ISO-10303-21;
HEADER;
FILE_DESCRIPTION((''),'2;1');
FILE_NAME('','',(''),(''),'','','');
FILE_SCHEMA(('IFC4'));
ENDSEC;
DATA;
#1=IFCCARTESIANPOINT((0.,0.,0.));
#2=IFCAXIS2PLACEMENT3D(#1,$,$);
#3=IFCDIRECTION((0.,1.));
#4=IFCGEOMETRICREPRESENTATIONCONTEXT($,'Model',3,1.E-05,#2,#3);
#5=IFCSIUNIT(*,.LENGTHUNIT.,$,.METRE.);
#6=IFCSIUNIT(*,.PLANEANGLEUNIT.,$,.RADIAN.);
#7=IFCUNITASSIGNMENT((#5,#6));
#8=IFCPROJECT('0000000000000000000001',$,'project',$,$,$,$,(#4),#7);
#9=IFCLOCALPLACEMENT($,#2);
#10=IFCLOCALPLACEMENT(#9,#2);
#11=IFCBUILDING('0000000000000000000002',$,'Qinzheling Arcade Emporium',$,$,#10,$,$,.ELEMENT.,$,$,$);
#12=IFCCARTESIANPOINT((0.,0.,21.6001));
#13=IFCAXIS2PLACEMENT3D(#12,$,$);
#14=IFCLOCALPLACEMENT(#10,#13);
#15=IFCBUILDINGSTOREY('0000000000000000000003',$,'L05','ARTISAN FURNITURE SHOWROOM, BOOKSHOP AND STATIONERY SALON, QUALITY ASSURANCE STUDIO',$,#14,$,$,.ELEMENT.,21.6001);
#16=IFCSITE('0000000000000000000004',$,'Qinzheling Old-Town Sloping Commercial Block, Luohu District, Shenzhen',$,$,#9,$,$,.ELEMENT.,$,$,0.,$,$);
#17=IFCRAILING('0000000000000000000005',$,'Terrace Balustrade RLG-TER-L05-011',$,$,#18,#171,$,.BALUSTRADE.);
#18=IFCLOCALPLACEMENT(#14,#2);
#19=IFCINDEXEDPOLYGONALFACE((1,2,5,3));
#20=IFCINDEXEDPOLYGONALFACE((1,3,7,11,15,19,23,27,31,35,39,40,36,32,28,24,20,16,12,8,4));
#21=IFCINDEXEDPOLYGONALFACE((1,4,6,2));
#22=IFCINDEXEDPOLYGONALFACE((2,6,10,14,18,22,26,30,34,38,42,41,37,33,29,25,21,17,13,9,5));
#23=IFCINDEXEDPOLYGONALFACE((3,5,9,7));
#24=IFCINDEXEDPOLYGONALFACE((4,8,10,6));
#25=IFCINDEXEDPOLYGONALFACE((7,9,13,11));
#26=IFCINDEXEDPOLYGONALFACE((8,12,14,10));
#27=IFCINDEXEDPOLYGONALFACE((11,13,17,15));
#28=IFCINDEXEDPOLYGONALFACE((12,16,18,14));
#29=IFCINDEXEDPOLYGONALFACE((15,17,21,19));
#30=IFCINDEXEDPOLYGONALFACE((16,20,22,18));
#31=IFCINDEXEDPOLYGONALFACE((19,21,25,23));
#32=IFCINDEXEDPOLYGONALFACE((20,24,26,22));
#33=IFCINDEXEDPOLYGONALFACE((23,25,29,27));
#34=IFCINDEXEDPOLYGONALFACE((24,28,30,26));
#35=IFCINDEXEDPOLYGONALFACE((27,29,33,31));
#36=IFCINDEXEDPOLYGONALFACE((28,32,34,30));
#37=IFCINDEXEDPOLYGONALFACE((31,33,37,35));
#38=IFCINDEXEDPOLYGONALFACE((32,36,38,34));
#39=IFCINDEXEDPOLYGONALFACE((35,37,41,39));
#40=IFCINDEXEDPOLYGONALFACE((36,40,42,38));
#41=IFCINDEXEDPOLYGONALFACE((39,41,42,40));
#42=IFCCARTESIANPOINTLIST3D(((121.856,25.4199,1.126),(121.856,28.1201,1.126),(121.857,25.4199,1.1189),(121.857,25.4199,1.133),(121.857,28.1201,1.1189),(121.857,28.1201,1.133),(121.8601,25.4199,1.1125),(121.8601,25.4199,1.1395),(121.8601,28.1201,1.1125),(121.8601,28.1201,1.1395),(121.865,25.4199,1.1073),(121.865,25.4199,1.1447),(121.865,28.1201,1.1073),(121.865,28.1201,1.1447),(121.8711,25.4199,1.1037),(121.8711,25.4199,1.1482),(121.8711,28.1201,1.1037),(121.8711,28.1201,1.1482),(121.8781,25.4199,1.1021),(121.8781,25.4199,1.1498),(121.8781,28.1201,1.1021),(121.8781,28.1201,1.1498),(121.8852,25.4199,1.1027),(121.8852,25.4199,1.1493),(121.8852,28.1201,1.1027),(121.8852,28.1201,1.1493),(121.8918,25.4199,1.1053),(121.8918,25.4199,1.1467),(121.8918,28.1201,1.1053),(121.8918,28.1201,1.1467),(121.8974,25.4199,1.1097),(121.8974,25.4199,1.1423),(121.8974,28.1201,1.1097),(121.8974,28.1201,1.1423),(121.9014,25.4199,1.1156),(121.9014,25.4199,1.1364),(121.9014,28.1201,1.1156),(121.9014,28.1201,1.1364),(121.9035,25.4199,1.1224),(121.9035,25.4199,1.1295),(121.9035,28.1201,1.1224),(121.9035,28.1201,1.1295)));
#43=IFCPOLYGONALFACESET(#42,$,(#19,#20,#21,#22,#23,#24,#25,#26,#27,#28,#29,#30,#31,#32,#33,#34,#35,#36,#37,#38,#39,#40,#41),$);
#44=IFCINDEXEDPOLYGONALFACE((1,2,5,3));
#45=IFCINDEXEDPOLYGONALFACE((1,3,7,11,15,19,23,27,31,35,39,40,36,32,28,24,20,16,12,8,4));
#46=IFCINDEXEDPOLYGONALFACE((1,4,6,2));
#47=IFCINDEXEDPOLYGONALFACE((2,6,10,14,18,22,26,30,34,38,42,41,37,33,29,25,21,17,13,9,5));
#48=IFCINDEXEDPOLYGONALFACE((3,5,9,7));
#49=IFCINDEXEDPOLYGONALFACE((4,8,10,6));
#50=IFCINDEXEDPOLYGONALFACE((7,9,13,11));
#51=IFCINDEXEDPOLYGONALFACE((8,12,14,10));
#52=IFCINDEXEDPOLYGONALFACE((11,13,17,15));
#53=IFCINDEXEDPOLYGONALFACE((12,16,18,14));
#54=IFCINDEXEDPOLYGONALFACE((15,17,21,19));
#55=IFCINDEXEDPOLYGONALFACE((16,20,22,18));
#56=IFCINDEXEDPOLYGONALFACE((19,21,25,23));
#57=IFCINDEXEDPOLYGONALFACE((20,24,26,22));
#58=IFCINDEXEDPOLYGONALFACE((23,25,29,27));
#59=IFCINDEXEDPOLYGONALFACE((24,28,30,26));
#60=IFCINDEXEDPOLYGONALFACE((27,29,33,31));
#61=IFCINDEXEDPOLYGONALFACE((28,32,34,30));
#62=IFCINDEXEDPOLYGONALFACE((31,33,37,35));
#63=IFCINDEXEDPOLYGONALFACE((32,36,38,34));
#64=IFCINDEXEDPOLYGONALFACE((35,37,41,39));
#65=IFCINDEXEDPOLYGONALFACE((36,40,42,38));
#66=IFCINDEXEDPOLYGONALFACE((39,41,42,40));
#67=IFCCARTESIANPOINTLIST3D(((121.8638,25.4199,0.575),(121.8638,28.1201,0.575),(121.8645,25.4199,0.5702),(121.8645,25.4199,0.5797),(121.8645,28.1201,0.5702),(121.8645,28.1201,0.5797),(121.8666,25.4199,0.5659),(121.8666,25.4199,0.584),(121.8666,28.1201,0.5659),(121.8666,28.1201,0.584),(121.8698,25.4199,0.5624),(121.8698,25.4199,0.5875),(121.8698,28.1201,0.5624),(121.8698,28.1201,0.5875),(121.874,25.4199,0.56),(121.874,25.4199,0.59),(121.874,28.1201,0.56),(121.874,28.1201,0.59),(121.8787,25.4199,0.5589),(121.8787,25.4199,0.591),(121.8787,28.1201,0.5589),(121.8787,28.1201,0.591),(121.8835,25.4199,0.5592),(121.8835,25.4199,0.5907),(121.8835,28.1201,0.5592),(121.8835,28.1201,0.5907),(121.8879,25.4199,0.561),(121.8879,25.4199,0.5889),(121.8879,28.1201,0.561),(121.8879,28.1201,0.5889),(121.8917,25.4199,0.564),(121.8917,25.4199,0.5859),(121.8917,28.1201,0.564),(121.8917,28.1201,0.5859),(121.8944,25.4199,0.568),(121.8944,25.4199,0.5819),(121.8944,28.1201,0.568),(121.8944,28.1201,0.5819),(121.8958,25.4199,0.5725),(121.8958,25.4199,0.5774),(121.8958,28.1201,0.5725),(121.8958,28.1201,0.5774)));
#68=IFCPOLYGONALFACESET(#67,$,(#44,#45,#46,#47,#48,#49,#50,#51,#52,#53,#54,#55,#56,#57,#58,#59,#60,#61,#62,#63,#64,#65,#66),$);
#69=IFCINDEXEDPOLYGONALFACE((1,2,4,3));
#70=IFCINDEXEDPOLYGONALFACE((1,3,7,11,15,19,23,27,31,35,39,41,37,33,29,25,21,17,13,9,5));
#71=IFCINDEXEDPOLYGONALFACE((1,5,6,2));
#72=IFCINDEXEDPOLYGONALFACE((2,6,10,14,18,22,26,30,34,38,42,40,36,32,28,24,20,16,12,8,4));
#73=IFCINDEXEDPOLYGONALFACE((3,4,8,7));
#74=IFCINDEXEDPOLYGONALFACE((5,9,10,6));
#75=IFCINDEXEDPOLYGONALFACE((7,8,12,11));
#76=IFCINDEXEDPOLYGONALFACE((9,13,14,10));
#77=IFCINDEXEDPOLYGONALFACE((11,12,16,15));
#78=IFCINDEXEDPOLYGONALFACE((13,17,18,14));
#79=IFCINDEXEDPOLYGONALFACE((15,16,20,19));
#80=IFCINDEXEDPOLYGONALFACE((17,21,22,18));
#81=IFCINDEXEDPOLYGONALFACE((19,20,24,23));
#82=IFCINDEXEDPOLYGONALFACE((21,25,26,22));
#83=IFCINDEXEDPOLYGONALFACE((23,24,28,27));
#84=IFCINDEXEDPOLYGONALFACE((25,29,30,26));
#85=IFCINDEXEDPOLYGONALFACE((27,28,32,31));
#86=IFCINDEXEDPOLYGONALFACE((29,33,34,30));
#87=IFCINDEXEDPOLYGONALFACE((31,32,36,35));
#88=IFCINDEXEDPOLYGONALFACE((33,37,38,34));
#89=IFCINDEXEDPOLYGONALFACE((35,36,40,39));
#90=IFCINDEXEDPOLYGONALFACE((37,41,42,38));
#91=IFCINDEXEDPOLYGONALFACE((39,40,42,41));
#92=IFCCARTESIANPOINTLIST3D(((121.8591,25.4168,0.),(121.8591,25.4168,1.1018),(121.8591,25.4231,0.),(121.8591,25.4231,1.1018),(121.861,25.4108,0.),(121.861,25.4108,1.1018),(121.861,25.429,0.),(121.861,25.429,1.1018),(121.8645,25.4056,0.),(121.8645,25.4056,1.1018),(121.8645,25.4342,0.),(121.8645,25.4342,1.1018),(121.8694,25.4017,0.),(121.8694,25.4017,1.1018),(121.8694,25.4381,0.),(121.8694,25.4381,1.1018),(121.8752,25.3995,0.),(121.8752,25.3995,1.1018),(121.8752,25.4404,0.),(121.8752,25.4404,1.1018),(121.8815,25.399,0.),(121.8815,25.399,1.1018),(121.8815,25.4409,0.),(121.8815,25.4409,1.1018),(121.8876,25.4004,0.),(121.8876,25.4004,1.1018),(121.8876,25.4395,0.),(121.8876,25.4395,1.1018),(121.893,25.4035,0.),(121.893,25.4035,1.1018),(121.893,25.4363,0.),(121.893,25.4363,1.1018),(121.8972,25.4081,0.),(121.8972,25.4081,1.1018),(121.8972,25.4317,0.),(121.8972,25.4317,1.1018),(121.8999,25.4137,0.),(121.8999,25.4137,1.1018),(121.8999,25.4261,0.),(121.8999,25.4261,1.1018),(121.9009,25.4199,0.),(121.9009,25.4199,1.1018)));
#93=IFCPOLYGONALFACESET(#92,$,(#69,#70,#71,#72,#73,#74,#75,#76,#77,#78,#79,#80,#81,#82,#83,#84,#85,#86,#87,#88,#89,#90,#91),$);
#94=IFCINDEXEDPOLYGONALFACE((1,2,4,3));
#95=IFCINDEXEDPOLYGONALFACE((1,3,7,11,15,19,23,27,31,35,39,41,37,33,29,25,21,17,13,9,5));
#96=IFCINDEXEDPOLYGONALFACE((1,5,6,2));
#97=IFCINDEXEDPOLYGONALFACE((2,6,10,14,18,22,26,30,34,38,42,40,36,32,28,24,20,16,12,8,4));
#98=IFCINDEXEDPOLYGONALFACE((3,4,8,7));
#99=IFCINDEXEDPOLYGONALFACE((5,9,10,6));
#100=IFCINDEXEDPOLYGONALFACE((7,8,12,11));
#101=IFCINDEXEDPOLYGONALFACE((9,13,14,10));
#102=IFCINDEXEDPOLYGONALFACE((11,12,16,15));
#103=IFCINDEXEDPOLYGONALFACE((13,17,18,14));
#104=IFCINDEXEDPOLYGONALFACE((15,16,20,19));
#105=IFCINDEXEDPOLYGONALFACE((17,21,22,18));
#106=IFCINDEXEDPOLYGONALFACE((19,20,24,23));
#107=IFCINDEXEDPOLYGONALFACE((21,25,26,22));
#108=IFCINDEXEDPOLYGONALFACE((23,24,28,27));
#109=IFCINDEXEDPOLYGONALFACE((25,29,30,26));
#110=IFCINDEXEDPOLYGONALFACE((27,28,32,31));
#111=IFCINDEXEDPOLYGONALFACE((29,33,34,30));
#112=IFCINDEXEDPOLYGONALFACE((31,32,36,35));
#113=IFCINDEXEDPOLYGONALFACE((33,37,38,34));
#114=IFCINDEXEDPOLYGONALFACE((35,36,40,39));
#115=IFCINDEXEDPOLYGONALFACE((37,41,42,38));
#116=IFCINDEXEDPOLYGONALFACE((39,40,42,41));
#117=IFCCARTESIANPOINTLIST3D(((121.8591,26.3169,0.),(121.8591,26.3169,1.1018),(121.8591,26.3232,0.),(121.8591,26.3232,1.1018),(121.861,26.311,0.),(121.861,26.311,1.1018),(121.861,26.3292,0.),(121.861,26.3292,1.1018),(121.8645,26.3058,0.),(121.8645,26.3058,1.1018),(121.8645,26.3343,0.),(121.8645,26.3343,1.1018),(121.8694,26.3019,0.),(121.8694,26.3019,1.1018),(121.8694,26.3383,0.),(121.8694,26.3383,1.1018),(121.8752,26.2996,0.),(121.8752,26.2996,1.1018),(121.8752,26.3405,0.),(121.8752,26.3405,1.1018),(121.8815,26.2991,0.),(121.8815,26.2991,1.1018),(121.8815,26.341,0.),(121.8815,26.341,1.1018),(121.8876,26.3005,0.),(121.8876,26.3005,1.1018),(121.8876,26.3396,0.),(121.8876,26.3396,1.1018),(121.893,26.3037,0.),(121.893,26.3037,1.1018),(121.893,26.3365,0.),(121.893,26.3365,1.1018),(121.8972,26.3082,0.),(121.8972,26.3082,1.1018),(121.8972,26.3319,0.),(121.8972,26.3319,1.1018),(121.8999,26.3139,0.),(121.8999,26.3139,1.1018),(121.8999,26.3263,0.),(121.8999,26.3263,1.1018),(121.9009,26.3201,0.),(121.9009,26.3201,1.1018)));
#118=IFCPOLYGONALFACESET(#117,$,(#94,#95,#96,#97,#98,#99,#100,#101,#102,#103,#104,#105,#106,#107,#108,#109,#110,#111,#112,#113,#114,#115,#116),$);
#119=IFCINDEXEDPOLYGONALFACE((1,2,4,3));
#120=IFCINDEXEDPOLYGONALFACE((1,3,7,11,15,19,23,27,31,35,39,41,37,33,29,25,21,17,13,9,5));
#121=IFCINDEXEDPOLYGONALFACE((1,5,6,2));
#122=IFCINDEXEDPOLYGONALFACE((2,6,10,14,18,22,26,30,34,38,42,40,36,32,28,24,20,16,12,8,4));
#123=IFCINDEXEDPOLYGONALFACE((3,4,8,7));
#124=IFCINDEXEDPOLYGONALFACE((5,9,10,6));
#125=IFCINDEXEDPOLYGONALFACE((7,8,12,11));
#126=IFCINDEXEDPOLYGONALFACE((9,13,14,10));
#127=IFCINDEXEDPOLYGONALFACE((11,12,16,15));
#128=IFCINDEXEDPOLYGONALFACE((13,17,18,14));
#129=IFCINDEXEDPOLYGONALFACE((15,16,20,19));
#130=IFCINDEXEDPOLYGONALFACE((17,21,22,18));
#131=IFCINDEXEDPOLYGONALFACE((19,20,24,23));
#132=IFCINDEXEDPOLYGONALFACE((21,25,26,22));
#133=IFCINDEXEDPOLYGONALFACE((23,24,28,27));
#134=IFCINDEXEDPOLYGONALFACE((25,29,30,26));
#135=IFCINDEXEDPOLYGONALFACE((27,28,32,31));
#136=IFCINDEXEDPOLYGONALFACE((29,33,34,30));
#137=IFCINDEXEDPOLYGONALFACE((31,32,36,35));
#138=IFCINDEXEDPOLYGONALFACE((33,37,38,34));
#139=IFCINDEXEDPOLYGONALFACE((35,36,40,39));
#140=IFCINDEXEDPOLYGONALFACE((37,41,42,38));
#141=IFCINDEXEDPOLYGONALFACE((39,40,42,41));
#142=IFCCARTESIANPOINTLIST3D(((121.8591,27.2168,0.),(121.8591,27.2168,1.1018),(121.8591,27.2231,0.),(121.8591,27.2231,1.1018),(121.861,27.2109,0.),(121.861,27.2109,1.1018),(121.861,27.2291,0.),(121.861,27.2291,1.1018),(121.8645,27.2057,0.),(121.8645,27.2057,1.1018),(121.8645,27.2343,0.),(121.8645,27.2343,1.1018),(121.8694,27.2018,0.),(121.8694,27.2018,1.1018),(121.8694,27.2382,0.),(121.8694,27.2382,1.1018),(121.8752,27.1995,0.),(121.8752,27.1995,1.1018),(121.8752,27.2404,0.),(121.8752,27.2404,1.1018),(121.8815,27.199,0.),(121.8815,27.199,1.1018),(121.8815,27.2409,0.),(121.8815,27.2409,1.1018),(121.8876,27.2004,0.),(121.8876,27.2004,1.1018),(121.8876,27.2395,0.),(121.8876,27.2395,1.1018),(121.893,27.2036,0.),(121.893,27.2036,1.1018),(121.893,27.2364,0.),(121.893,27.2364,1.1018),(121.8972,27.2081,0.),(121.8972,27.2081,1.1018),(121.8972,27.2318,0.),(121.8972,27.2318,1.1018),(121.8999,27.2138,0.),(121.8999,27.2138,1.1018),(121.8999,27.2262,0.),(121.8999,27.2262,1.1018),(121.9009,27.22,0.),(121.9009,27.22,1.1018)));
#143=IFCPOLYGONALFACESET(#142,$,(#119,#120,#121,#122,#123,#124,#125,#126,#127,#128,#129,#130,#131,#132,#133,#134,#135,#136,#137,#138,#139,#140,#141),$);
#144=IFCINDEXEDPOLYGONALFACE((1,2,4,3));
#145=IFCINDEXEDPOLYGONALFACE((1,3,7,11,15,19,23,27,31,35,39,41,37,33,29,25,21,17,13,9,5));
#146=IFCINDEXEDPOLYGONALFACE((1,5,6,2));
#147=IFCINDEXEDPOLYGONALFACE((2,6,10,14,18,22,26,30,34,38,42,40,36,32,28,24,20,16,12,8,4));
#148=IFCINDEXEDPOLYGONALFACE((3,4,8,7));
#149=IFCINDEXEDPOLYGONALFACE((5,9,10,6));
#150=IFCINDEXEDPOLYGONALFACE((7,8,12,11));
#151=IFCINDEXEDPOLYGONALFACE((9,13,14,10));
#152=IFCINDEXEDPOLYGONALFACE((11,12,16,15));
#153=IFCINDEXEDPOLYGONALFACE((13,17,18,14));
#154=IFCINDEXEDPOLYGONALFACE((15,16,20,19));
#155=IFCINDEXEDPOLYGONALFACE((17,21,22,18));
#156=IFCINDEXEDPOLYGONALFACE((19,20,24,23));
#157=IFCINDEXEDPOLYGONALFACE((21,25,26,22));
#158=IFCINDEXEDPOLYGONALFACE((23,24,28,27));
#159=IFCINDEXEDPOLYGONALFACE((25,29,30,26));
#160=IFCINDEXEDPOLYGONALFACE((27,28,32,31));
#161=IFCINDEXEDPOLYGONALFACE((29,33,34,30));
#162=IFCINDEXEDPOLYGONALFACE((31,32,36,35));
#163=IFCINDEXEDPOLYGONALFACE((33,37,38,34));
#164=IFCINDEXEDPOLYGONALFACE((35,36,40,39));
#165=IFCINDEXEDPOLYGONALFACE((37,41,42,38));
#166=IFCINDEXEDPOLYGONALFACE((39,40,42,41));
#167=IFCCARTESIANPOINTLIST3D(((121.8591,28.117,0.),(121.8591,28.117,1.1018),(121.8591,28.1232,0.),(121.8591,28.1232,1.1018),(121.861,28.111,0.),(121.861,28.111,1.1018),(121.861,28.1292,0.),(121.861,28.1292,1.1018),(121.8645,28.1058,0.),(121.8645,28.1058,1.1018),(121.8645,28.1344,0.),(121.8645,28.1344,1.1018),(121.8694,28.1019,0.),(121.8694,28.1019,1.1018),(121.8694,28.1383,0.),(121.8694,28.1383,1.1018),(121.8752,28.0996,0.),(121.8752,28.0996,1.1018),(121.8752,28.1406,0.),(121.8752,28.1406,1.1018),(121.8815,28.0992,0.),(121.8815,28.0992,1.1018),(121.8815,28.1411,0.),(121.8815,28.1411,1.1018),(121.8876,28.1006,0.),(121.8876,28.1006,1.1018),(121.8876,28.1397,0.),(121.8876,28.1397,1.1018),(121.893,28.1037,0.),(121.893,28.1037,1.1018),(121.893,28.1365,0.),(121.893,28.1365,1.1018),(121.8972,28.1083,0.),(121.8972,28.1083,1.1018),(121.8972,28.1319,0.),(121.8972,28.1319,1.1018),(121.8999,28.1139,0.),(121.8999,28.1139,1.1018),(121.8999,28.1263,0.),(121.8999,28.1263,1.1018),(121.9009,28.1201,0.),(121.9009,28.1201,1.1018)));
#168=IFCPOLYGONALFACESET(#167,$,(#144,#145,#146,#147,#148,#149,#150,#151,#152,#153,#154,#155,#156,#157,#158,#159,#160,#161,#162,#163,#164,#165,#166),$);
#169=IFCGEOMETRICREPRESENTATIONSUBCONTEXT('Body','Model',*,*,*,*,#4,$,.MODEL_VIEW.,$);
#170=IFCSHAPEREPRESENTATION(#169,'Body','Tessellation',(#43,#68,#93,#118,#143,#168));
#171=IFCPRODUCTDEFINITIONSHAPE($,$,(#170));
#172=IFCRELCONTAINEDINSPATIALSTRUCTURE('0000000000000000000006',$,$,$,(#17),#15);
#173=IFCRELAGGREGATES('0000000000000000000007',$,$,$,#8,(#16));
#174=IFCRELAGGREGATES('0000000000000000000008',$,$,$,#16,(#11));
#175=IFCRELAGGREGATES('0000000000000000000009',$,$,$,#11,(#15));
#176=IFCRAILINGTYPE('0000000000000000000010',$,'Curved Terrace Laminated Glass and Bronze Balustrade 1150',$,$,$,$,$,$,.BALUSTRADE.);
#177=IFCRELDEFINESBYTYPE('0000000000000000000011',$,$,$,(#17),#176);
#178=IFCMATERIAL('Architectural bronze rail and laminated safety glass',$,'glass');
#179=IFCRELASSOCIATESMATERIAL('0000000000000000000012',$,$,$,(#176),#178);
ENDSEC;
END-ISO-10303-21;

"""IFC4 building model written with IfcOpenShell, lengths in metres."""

from ifc_helpers import new_model, si_unit, direction, frame, origin, origin_2d, place, context, subcontext, project, spatial, circle, extrude, material, type_object, element, save


model = new_model("IFC4")

# Units and contexts
model_context = context("Model", 3, precision=1e-05, world=origin(), true_north=direction((0.0, 1.0)))
body_context = subcontext(model_context, "Body", "Model", "MODEL_VIEW")
ifc_project = project(units=[si_unit("LENGTHUNIT", "METRE"), si_unit("PLANEANGLEUNIT", "RADIAN")], contexts=[model_context])

# Site, building, storey
site_placement = place(None, origin())
site = spatial("IfcSite", under=ifc_project, at=site_placement, Name="Qinzheling Old-Town Sloping Commercial Block, Luohu District, Shenzhen", CompositionType="ELEMENT", RefElevation=0.0)
building_placement = place(site_placement, origin())
building = spatial("IfcBuilding", under=site, at=building_placement, Name="Qinzheling Arcade Emporium", CompositionType="ELEMENT")
storey_placement = place(building_placement, frame((0.0, 0.0, 21.6001)))
storey = spatial("IfcBuildingStorey", under=building, at=storey_placement, Name="L05", Description="ARTISAN FURNITURE SHOWROOM, BOOKSHOP AND STATIONERY SALON, QUALITY ASSURANCE STUDIO", CompositionType="ELEMENT", Elevation=21.6001)

# Railing
ifc_material_1 = material(Name="Architectural bronze rail and laminated safety glass", Category="glass")
railing_type = type_object("IfcRailingType", Name="Curved Terrace Laminated Glass and Bronze Balustrade 1150", PredefinedType="BALUSTRADE", material=ifc_material_1)
railing_1_placement = place(storey_placement, frame((121.8799, 25.4199, 0.0)))
element("IfcRailing", 1, at=railing_1_placement, inside=storey, type_object=railing_type, Name="Terrace Balustrade RLG-TER-L05-011", PredefinedType="BALUSTRADE", context=body_context, shape_type="SweptSolid", body=[
    extrude(circle(Radius=0.0239, at=origin_2d()), frame((0.0, 0.0, 1.126), z_axis=(0.0, 1.0, 0.0), x_axis=(-1.0, 0.0, 0.0)), (0.0, 0.0, 1.0), 2.7002),
    extrude(circle(Radius=0.0161, at=origin_2d()), frame((0.0, 0.0, 0.575), z_axis=(0.0, 1.0, 0.0), x_axis=(-1.0, 0.0, 0.0)), (0.0, 0.0, 1.0), 2.7002),
    extrude(circle(Radius=0.021, at=origin_2d()), origin(), (0.0, 0.0, 1.0), 1.1018),
    extrude(circle(Radius=0.021, at=origin_2d()), frame((0.0, 0.9001, 0.0)), (0.0, 0.0, 1.0), 1.1018),
    extrude(circle(Radius=0.021, at=origin_2d()), frame((0.0, 1.8, 0.0)), (0.0, 0.0, 1.0), 1.1018),
    extrude(circle(Radius=0.021, at=origin_2d()), frame((0.0, 2.7002, 0.0)), (0.0, 0.0, 1.0), 1.1018),
])

save(model, "model.ifc")
